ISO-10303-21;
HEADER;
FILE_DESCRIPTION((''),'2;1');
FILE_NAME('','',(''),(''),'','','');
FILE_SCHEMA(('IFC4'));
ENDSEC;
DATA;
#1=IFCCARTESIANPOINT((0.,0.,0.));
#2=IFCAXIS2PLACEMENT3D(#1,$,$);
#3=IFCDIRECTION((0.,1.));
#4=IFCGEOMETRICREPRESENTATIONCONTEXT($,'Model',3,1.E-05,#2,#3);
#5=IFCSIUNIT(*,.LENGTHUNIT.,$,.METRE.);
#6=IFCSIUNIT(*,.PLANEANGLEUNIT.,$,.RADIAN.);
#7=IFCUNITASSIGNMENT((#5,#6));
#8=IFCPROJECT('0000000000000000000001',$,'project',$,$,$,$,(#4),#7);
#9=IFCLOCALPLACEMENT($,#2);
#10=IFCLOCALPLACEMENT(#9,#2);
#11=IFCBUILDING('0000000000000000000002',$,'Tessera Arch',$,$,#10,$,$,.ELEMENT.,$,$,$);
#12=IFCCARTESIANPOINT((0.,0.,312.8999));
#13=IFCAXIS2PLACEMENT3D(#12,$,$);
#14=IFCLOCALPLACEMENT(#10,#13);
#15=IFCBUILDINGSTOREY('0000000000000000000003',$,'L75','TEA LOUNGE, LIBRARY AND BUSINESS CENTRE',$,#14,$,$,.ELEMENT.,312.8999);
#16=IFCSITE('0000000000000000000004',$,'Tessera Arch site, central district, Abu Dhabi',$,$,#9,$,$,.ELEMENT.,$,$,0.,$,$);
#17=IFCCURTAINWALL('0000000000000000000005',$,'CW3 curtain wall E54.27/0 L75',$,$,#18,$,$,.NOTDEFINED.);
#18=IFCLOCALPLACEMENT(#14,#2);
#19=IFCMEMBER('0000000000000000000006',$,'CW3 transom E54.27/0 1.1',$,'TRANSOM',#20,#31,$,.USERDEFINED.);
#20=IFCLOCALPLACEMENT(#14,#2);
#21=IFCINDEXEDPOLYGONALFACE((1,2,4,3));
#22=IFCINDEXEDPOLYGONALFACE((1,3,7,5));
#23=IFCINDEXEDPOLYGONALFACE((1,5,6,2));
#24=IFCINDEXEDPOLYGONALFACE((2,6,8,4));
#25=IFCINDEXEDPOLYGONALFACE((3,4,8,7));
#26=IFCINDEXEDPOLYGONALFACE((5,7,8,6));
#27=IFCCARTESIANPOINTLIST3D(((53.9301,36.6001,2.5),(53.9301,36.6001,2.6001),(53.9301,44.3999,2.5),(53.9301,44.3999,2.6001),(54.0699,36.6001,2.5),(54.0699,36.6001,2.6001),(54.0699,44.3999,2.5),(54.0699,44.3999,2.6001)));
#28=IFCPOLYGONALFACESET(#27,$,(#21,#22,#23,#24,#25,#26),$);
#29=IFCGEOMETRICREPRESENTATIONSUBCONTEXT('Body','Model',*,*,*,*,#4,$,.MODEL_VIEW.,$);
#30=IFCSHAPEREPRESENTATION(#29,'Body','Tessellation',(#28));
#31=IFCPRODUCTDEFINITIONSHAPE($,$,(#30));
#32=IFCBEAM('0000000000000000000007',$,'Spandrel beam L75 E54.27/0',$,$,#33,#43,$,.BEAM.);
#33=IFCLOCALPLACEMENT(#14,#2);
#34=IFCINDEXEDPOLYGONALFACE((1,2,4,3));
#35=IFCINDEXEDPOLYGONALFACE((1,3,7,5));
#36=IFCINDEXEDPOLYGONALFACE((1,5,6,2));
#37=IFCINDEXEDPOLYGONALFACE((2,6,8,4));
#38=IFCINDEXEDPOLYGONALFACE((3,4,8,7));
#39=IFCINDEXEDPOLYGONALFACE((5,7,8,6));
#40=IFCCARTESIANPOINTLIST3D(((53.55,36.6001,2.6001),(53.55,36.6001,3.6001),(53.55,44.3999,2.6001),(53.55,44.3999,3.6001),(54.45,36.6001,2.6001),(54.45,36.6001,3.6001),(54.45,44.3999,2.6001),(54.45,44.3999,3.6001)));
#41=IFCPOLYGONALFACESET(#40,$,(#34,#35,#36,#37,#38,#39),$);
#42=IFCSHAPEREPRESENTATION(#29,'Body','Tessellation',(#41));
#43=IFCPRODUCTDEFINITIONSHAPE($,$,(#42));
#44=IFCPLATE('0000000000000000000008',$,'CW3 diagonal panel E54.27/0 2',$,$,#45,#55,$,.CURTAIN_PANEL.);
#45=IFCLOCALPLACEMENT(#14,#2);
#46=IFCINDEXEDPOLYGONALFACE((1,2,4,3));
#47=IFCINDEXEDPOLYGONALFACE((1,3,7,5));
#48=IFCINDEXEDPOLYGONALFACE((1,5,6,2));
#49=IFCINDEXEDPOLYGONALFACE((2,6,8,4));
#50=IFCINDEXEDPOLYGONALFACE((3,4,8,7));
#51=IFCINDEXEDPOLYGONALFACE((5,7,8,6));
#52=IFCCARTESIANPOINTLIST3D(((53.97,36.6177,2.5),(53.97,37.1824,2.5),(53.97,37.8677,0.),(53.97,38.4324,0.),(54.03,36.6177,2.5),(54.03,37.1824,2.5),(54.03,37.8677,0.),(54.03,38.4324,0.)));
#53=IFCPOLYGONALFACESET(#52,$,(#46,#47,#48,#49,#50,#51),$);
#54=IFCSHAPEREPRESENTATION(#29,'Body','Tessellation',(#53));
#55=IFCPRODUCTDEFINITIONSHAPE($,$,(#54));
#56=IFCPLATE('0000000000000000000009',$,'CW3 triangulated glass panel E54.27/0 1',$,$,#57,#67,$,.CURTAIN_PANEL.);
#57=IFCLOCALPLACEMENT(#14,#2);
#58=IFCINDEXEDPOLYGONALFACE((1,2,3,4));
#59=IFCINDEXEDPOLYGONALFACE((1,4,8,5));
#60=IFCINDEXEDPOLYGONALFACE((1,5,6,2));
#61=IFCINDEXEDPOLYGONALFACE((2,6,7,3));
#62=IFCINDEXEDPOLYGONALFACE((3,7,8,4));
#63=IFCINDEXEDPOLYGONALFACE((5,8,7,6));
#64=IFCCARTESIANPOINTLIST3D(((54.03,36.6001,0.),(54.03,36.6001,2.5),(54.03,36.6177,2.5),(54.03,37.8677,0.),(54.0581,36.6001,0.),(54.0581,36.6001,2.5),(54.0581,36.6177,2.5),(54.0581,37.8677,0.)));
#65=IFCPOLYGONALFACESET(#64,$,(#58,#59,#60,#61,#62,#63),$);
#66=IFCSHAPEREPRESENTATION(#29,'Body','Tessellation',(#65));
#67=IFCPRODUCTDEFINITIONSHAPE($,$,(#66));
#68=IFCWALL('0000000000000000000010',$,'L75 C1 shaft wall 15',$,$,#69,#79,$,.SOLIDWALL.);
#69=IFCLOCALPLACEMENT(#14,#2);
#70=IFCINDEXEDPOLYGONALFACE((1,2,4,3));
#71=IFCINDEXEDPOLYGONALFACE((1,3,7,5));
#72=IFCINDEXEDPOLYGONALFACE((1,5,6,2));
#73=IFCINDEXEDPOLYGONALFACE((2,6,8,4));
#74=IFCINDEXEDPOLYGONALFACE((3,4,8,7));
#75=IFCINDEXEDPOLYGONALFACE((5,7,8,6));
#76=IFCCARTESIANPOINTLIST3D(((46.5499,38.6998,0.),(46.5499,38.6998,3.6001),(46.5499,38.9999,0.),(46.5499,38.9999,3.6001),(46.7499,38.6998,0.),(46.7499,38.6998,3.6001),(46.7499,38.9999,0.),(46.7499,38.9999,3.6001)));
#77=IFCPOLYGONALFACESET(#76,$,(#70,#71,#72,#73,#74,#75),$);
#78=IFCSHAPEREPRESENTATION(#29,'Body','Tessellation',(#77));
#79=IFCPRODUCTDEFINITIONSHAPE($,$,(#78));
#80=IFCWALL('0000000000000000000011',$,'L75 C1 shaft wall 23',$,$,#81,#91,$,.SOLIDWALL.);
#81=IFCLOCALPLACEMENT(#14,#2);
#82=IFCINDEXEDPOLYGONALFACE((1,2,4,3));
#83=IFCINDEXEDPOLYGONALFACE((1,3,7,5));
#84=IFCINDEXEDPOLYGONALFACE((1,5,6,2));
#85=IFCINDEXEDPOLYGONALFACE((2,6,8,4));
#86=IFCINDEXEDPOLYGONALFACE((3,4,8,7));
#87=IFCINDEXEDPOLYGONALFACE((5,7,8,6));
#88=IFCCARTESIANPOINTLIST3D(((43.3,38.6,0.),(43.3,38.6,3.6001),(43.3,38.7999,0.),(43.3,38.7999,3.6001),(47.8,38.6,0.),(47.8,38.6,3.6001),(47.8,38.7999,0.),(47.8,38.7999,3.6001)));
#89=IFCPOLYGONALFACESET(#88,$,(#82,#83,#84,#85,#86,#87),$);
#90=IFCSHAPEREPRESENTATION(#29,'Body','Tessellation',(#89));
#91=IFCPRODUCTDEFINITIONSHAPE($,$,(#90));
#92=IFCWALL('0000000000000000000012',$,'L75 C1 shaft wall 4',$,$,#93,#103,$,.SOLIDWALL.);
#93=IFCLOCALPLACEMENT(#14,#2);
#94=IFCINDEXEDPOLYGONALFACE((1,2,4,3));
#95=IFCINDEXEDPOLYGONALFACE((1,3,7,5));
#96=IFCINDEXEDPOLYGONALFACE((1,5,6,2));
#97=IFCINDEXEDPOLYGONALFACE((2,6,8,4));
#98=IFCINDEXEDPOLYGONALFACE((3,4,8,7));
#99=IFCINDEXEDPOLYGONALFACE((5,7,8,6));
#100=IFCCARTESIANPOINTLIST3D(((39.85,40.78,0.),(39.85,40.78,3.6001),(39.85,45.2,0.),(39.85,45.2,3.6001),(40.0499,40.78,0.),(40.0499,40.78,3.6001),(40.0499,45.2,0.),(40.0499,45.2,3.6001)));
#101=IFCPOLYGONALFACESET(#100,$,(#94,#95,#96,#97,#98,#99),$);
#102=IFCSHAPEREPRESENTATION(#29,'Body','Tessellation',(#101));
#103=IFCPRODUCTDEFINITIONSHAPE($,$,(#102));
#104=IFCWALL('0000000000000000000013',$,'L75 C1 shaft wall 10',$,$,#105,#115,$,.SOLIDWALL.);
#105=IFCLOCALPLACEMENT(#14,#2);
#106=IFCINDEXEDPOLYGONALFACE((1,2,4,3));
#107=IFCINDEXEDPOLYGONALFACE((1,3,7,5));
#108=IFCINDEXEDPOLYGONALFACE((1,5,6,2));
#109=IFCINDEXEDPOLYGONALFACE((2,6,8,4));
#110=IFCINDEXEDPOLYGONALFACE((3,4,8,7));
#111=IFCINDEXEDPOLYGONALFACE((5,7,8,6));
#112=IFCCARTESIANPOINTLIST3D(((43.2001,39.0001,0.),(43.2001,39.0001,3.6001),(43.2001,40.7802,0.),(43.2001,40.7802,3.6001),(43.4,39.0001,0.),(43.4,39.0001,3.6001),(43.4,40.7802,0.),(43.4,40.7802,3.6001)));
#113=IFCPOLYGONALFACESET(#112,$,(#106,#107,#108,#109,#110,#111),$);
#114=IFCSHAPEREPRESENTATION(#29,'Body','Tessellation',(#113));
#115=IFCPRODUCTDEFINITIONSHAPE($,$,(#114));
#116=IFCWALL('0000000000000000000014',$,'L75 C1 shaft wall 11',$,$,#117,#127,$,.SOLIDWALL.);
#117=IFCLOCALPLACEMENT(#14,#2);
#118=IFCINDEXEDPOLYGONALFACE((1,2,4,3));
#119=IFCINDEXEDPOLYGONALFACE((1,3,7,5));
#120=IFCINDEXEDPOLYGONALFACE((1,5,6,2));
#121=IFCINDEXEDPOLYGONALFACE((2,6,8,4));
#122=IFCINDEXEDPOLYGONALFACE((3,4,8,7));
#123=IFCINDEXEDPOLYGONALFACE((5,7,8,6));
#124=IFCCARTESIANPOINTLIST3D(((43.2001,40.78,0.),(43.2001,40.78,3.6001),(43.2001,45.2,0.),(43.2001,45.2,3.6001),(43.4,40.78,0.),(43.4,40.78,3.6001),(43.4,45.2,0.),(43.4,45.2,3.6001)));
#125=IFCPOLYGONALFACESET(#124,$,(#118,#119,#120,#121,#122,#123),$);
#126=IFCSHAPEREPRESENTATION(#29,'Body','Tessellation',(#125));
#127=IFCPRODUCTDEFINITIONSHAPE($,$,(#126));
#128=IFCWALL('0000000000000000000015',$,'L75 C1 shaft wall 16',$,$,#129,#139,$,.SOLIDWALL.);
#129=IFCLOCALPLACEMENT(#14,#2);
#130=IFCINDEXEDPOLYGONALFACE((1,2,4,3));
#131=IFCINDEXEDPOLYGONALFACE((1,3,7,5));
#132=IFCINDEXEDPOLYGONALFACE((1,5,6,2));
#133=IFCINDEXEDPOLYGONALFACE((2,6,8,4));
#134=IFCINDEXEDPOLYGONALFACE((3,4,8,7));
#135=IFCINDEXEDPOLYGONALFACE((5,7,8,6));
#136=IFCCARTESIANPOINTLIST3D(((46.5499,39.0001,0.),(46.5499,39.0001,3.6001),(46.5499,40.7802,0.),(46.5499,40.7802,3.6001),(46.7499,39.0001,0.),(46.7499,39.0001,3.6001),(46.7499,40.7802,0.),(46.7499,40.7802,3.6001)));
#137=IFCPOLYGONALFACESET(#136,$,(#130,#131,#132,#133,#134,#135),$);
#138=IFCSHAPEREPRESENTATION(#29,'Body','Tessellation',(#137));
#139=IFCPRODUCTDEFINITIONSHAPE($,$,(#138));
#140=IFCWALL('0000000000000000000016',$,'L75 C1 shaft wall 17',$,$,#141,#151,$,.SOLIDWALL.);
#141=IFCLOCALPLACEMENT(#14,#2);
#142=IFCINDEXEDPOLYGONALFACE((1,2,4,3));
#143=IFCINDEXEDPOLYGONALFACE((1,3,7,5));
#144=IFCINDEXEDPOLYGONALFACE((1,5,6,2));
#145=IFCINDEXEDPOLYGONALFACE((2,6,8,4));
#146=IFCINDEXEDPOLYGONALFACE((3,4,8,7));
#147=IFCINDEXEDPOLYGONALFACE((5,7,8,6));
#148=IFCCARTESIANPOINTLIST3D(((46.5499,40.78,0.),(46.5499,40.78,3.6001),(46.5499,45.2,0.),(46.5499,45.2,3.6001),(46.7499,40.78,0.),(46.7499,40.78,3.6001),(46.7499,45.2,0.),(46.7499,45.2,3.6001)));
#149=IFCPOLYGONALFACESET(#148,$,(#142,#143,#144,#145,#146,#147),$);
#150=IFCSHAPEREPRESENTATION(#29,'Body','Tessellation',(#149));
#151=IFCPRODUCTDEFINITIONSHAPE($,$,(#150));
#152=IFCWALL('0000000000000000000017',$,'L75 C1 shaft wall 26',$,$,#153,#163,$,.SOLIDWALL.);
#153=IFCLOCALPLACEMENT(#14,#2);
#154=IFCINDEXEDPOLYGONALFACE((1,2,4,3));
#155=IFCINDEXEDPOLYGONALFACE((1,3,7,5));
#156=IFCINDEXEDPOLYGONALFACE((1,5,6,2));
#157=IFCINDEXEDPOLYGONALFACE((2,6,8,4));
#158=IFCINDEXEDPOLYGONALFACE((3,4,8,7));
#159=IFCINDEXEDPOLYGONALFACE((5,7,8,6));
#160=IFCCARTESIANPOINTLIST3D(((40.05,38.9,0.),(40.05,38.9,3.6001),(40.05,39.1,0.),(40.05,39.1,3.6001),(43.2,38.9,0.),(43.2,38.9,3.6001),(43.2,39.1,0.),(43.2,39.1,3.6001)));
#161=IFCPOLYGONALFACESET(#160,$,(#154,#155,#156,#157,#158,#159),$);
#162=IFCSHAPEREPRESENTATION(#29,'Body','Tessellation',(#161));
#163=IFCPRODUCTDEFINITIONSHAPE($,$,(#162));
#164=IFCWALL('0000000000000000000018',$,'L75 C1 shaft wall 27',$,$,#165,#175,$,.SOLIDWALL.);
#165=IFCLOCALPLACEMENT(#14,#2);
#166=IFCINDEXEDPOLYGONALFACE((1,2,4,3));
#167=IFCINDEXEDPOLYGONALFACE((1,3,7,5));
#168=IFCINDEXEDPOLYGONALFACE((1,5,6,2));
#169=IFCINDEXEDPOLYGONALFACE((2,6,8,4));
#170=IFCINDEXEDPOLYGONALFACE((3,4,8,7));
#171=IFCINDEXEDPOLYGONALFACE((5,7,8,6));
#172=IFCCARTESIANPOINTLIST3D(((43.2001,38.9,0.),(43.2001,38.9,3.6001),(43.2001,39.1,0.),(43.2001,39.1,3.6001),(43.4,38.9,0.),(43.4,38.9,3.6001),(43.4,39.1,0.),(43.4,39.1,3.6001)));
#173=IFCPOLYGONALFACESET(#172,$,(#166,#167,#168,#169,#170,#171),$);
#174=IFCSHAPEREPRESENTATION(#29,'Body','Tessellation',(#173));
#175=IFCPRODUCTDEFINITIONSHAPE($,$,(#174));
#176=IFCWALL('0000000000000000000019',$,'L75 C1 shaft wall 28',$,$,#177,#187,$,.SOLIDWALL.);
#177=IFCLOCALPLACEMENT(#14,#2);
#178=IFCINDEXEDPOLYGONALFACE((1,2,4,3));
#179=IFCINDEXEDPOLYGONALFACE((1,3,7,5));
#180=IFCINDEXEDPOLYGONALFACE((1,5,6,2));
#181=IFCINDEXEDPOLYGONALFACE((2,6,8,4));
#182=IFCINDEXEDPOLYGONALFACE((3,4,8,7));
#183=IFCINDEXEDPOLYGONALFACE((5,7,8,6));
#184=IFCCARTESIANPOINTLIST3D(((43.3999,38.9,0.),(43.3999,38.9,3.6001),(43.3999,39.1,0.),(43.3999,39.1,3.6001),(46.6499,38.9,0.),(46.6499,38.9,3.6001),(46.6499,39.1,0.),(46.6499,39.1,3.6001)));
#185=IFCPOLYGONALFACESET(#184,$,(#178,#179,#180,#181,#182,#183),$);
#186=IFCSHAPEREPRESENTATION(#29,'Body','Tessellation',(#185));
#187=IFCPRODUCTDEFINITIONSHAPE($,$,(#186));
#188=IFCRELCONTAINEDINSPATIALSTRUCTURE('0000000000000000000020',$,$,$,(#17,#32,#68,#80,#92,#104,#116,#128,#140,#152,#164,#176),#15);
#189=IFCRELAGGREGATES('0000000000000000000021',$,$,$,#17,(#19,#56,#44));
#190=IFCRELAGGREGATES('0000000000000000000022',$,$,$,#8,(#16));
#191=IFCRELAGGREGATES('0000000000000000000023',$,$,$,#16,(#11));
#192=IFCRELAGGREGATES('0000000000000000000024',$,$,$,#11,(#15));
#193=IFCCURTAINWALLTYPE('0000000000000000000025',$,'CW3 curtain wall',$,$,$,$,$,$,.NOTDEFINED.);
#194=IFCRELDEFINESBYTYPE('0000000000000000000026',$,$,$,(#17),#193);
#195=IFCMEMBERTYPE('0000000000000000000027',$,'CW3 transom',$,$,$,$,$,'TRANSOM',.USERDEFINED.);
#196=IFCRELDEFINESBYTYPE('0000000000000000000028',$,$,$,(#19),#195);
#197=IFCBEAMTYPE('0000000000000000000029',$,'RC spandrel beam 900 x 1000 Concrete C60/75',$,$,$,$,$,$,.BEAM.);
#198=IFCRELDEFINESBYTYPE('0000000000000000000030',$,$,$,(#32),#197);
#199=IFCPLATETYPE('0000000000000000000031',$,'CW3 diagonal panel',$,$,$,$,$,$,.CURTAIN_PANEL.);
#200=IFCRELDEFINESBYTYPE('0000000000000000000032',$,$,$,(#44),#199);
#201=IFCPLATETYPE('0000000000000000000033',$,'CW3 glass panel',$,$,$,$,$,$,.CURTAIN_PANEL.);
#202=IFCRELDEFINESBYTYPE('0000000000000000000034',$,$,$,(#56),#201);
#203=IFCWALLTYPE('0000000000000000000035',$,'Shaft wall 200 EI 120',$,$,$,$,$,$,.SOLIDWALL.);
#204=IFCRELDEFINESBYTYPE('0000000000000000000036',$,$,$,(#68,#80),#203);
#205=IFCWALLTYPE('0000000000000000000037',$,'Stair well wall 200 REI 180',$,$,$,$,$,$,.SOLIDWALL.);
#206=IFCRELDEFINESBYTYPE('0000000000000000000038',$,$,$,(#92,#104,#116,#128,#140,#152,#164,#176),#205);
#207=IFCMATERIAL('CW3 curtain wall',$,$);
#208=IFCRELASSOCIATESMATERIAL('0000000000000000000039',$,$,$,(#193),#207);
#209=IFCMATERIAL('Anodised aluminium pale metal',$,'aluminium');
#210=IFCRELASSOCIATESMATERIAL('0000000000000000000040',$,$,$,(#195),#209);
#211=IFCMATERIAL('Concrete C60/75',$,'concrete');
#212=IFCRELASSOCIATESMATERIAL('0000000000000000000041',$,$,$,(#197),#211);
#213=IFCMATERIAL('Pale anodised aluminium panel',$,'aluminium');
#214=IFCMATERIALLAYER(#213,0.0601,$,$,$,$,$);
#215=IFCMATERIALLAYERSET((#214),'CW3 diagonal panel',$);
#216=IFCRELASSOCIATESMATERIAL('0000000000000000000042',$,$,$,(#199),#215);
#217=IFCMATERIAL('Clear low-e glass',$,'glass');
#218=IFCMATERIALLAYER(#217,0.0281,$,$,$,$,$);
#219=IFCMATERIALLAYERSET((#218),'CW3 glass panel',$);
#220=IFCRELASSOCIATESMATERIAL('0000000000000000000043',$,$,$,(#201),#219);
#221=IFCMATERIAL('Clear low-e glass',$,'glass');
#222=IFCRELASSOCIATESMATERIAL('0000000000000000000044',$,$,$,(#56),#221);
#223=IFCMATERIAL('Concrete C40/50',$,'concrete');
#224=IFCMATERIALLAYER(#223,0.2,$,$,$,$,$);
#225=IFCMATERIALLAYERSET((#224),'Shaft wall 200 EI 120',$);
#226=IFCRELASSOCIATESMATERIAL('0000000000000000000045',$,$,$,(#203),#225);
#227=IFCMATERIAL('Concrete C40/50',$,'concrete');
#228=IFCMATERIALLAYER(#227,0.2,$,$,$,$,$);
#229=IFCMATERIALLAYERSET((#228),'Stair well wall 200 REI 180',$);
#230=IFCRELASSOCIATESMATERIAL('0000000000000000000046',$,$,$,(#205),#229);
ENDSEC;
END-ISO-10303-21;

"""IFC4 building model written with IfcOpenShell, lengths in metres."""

from ifc_helpers import new_model, si_unit, direction, frame, frame_2d, origin, origin_2d, place, context, subcontext, project, spatial, polyline, rectangle, outline, extrude, material, layer, layer_set, material_profile, profile_set, type_object, element, aggregate, save


model = new_model("IFC4")

# Units and contexts
model_context = context("Model", 3, precision=1e-05, world=origin(), true_north=direction((0.0, 1.0)))
body_context = subcontext(model_context, "Body", "Model", "MODEL_VIEW")
ifc_project = project(units=[si_unit("LENGTHUNIT", "METRE"), si_unit("PLANEANGLEUNIT", "RADIAN")], contexts=[model_context])

# Site, building, storey
site_placement = place(None, origin())
site = spatial("IfcSite", under=ifc_project, at=site_placement, Name="Tessera Arch site, central district, Abu Dhabi", CompositionType="ELEMENT", RefElevation=0.0)
building_placement = place(site_placement, origin())
building = spatial("IfcBuilding", under=site, at=building_placement, Name="Tessera Arch", CompositionType="ELEMENT")
storey_placement = place(building_placement, frame((0.0, 0.0, 312.8999)))
storey = spatial("IfcBuildingStorey", under=building, at=storey_placement, Name="L75", Description="TEA LOUNGE, LIBRARY AND BUSINESS CENTRE", CompositionType="ELEMENT", Elevation=312.8999)

# Curtain wall, member
ifc_material_1 = material(Name="CW3 curtain wall")
curtain_wall_type = type_object("IfcCurtainWallType", Name="CW3 curtain wall", PredefinedType="NOTDEFINED", material=ifc_material_1)
curtain_wall_placement = place(storey_placement, origin())
curtain_wall = element("IfcCurtainWall", 1, at=curtain_wall_placement, inside=storey, type_object=curtain_wall_type, Name="CW3 curtain wall E54.27/0 L75", PredefinedType="NOTDEFINED")
ifc_material_2 = material(Name="Anodised aluminium pale metal", Category="aluminium")
ifc_material_profile_1 = material_profile(ifc_material_2, rectangle(XDim=0.1399, YDim=0.1001, at=origin_2d()), Name="AL 140x100")
ifc_profile_set_1 = profile_set([ifc_material_profile_1], Name="Anodised aluminium pale metal")
member_type = type_object("IfcMemberType", Name="CW3 transom", ElementType="TRANSOM", PredefinedType="USERDEFINED", material=ifc_profile_set_1)
member_placement = place(storey_placement, frame((54.0, 36.6001, 2.55), z_axis=(0.0, 1.0, 0.0), x_axis=(-1.0, 0.0, 0.0)))
member = element("IfcMember", 2, at=member_placement, type_object=member_type, Name="CW3 transom E54.27/0 1.1", ObjectType="TRANSOM", PredefinedType="USERDEFINED", context=body_context, shape_type="SweptSolid", body=[
    extrude(rectangle(XDim=0.1399, YDim=0.1001, at=origin_2d()), origin(), (0.0, 0.0, 1.0), 7.7998),
])

# Beam
ifc_material_3 = material(Name="Concrete C60/75", Category="concrete")
ifc_material_profile_2 = material_profile(ifc_material_3, rectangle(XDim=0.8999, YDim=1.0, at=origin_2d()), Name="RC spandrel beam 900 x 1000 Concrete C60/75")
ifc_profile_set_2 = profile_set([ifc_material_profile_2], Name="Concrete C60/75")
beam_type = type_object("IfcBeamType", Name="RC spandrel beam 900 x 1000 Concrete C60/75", PredefinedType="BEAM", material=ifc_profile_set_2)
beam_placement = place(storey_placement, frame((54.0, 36.6001, 3.1001), z_axis=(0.0, 1.0, 0.0), x_axis=(-1.0, 0.0, 0.0)))
element("IfcBeam", 3, at=beam_placement, inside=storey, type_object=beam_type, Name="Spandrel beam L75 E54.27/0", PredefinedType="BEAM", context=body_context, shape_type="SweptSolid", body=[
    extrude(rectangle(XDim=0.8999, YDim=1.0, at=origin_2d()), origin(), (0.0, 0.0, 1.0), 7.7998),
])

# Plates
ifc_material_4 = material(Name="Pale anodised aluminium panel", Category="aluminium")
ifc_layer_1 = layer(ifc_material_4, 0.0601)
ifc_layer_set_1 = layer_set([ifc_layer_1], Name="CW3 diagonal panel")
plate_type_1 = type_object("IfcPlateType", Name="CW3 diagonal panel", PredefinedType="CURTAIN_PANEL", material=ifc_layer_set_1)
plate_1_placement = place(storey_placement, frame((54.03, 37.1824, 2.5), z_axis=(1.0, 0.0, 0.0), x_axis=(0.0, -1.0, 0.0)))
plate_1 = element("IfcPlate", 4, at=plate_1_placement, type_object=plate_type_1, Name="CW3 diagonal panel E54.27/0 2", PredefinedType="CURTAIN_PANEL", context=body_context, shape_type="SweptSolid", body=[
    extrude(outline(polyline([(0.0, 0.0), (0.5647, 0.0), (-0.6853, 2.5), (-1.25, 2.5), (0.0, 0.0)])), origin(), (0.0, 0.0, -1.0), 0.0601),
])
ifc_material_5 = material(Name="Clear low-e glass", Category="glass")
ifc_material_6 = material(Name="Clear low-e glass", Category="glass")
ifc_layer_2 = layer(ifc_material_6, 0.0281)
ifc_layer_set_2 = layer_set([ifc_layer_2], Name="CW3 glass panel")
plate_type_2 = type_object("IfcPlateType", Name="CW3 glass panel", PredefinedType="CURTAIN_PANEL", material=ifc_layer_set_2)
plate_2_placement = place(storey_placement, frame((54.0581, 36.6001, 0.0), z_axis=(1.0, 0.0, 0.0), x_axis=(0.0, 1.0, 0.0)))
plate_2 = element("IfcPlate", 5, at=plate_2_placement, type_object=plate_type_2, material=ifc_material_5, Name="CW3 triangulated glass panel E54.27/0 1", PredefinedType="CURTAIN_PANEL", context=body_context, shape_type="SweptSolid", body=[
    extrude(outline(polyline([(0.0, 0.0), (1.2676, 0.0), (0.0176, 2.5), (0.0, 2.5), (0.0, 0.0)])), origin(), (0.0, 0.0, -1.0), 0.0281),
])
aggregate(curtain_wall, [member, plate_2, plate_1])

# Walls
ifc_material_7 = material(Name="Concrete C40/50", Category="concrete")
ifc_layer_3 = layer(ifc_material_7, 0.2)
ifc_layer_set_3 = layer_set([ifc_layer_3], Name="Shaft wall 200 EI 120")
wall_type_1 = type_object("IfcWallType", Name="Shaft wall 200 EI 120", PredefinedType="SOLIDWALL", material=ifc_layer_set_3)
wall_1_placement = place(storey_placement, frame((46.6499, 38.7, 0.0), z_axis=(0.0, 0.0, 1.0), x_axis=(0.0, 1.0, 0.0)))
element("IfcWall", 6, at=wall_1_placement, inside=storey, type_object=wall_type_1, Name="L75 C1 shaft wall 15", PredefinedType="SOLIDWALL", context=body_context, shape_type="SweptSolid", body=[
    extrude(rectangle(XDim=0.3, YDim=0.2, at=frame_2d((0.1499, 0.0))), origin(), (0.0, 0.0, 1.0), 3.6001),
])
wall_2_placement = place(storey_placement, frame((43.3, 38.7, 0.0), z_axis=(0.0, 0.0, 1.0), x_axis=(1.0, 0.0, 0.0)))
element("IfcWall", 7, at=wall_2_placement, inside=storey, type_object=wall_type_1, Name="L75 C1 shaft wall 23", PredefinedType="SOLIDWALL", context=body_context, shape_type="SweptSolid", body=[
    extrude(rectangle(XDim=4.5, YDim=0.2, at=frame_2d((2.25, 0.0))), origin(), (0.0, 0.0, 1.0), 3.6001),
])
ifc_material_8 = material(Name="Concrete C40/50", Category="concrete")
ifc_layer_4 = layer(ifc_material_8, 0.2)
ifc_layer_set_4 = layer_set([ifc_layer_4], Name="Stair well wall 200 REI 180")
wall_type_2 = type_object("IfcWallType", Name="Stair well wall 200 REI 180", PredefinedType="SOLIDWALL", material=ifc_layer_set_4)
wall_3_placement = place(storey_placement, frame((39.95, 40.78, 0.0), z_axis=(0.0, 0.0, 1.0), x_axis=(0.0, 1.0, 0.0)))
element("IfcWall", 8, at=wall_3_placement, inside=storey, type_object=wall_type_2, Name="L75 C1 shaft wall 4", PredefinedType="SOLIDWALL", context=body_context, shape_type="SweptSolid", body=[
    extrude(rectangle(XDim=4.4199, YDim=0.2, at=frame_2d((2.21, 0.0))), origin(), (0.0, 0.0, 1.0), 3.6001),
])
wall_4_placement = place(storey_placement, frame((43.3, 39.0, 0.0), z_axis=(0.0, 0.0, 1.0), x_axis=(0.0, 1.0, 0.0)))
element("IfcWall", 9, at=wall_4_placement, inside=storey, type_object=wall_type_2, Name="L75 C1 shaft wall 10", PredefinedType="SOLIDWALL", context=body_context, shape_type="SweptSolid", body=[
    extrude(rectangle(XDim=1.78, YDim=0.2, at=frame_2d((0.8901, 0.0))), origin(), (0.0, 0.0, 1.0), 3.6001),
])
wall_5_placement = place(storey_placement, frame((43.3, 40.78, 0.0), z_axis=(0.0, 0.0, 1.0), x_axis=(0.0, 1.0, 0.0)))
element("IfcWall", 10, at=wall_5_placement, inside=storey, type_object=wall_type_2, Name="L75 C1 shaft wall 11", PredefinedType="SOLIDWALL", context=body_context, shape_type="SweptSolid", body=[
    extrude(rectangle(XDim=4.4199, YDim=0.2, at=frame_2d((2.21, 0.0))), origin(), (0.0, 0.0, 1.0), 3.6001),
])
wall_6_placement = place(storey_placement, frame((46.6499, 39.0, 0.0), z_axis=(0.0, 0.0, 1.0), x_axis=(0.0, 1.0, 0.0)))
element("IfcWall", 11, at=wall_6_placement, inside=storey, type_object=wall_type_2, Name="L75 C1 shaft wall 16", PredefinedType="SOLIDWALL", context=body_context, shape_type="SweptSolid", body=[
    extrude(rectangle(XDim=1.78, YDim=0.2, at=frame_2d((0.8901, 0.0))), origin(), (0.0, 0.0, 1.0), 3.6001),
])
wall_7_placement = place(storey_placement, frame((46.6499, 40.78, 0.0), z_axis=(0.0, 0.0, 1.0), x_axis=(0.0, 1.0, 0.0)))
element("IfcWall", 12, at=wall_7_placement, inside=storey, type_object=wall_type_2, Name="L75 C1 shaft wall 17", PredefinedType="SOLIDWALL", context=body_context, shape_type="SweptSolid", body=[
    extrude(rectangle(XDim=4.4199, YDim=0.2, at=frame_2d((2.21, 0.0))), origin(), (0.0, 0.0, 1.0), 3.6001),
])
wall_8_placement = place(storey_placement, frame((40.05, 39.0, 0.0), z_axis=(0.0, 0.0, 1.0), x_axis=(1.0, 0.0, 0.0)))
element("IfcWall", 13, at=wall_8_placement, inside=storey, type_object=wall_type_2, Name="L75 C1 shaft wall 26", PredefinedType="SOLIDWALL", context=body_context, shape_type="SweptSolid", body=[
    extrude(rectangle(XDim=3.1499, YDim=0.2, at=frame_2d((1.575, 0.0))), origin(), (0.0, 0.0, 1.0), 3.6001),
])
wall_9_placement = place(storey_placement, frame((43.2, 39.0, 0.0), z_axis=(0.0, 0.0, 1.0), x_axis=(1.0, 0.0, 0.0)))
element("IfcWall", 14, at=wall_9_placement, inside=storey, type_object=wall_type_2, Name="L75 C1 shaft wall 27", PredefinedType="SOLIDWALL", context=body_context, shape_type="SweptSolid", body=[
    extrude(rectangle(XDim=0.2, YDim=0.2, at=frame_2d((0.1001, 0.0))), origin(), (0.0, 0.0, 1.0), 3.6001),
])
wall_10_placement = place(storey_placement, frame((43.3999, 39.0, 0.0), z_axis=(0.0, 0.0, 1.0), x_axis=(1.0, 0.0, 0.0)))
element("IfcWall", 15, at=wall_10_placement, inside=storey, type_object=wall_type_2, Name="L75 C1 shaft wall 28", PredefinedType="SOLIDWALL", context=body_context, shape_type="SweptSolid", body=[
    extrude(rectangle(XDim=3.25, YDim=0.2, at=frame_2d((1.625, 0.0))), origin(), (0.0, 0.0, 1.0), 3.6001),
])

save(model, "model.ifc")
